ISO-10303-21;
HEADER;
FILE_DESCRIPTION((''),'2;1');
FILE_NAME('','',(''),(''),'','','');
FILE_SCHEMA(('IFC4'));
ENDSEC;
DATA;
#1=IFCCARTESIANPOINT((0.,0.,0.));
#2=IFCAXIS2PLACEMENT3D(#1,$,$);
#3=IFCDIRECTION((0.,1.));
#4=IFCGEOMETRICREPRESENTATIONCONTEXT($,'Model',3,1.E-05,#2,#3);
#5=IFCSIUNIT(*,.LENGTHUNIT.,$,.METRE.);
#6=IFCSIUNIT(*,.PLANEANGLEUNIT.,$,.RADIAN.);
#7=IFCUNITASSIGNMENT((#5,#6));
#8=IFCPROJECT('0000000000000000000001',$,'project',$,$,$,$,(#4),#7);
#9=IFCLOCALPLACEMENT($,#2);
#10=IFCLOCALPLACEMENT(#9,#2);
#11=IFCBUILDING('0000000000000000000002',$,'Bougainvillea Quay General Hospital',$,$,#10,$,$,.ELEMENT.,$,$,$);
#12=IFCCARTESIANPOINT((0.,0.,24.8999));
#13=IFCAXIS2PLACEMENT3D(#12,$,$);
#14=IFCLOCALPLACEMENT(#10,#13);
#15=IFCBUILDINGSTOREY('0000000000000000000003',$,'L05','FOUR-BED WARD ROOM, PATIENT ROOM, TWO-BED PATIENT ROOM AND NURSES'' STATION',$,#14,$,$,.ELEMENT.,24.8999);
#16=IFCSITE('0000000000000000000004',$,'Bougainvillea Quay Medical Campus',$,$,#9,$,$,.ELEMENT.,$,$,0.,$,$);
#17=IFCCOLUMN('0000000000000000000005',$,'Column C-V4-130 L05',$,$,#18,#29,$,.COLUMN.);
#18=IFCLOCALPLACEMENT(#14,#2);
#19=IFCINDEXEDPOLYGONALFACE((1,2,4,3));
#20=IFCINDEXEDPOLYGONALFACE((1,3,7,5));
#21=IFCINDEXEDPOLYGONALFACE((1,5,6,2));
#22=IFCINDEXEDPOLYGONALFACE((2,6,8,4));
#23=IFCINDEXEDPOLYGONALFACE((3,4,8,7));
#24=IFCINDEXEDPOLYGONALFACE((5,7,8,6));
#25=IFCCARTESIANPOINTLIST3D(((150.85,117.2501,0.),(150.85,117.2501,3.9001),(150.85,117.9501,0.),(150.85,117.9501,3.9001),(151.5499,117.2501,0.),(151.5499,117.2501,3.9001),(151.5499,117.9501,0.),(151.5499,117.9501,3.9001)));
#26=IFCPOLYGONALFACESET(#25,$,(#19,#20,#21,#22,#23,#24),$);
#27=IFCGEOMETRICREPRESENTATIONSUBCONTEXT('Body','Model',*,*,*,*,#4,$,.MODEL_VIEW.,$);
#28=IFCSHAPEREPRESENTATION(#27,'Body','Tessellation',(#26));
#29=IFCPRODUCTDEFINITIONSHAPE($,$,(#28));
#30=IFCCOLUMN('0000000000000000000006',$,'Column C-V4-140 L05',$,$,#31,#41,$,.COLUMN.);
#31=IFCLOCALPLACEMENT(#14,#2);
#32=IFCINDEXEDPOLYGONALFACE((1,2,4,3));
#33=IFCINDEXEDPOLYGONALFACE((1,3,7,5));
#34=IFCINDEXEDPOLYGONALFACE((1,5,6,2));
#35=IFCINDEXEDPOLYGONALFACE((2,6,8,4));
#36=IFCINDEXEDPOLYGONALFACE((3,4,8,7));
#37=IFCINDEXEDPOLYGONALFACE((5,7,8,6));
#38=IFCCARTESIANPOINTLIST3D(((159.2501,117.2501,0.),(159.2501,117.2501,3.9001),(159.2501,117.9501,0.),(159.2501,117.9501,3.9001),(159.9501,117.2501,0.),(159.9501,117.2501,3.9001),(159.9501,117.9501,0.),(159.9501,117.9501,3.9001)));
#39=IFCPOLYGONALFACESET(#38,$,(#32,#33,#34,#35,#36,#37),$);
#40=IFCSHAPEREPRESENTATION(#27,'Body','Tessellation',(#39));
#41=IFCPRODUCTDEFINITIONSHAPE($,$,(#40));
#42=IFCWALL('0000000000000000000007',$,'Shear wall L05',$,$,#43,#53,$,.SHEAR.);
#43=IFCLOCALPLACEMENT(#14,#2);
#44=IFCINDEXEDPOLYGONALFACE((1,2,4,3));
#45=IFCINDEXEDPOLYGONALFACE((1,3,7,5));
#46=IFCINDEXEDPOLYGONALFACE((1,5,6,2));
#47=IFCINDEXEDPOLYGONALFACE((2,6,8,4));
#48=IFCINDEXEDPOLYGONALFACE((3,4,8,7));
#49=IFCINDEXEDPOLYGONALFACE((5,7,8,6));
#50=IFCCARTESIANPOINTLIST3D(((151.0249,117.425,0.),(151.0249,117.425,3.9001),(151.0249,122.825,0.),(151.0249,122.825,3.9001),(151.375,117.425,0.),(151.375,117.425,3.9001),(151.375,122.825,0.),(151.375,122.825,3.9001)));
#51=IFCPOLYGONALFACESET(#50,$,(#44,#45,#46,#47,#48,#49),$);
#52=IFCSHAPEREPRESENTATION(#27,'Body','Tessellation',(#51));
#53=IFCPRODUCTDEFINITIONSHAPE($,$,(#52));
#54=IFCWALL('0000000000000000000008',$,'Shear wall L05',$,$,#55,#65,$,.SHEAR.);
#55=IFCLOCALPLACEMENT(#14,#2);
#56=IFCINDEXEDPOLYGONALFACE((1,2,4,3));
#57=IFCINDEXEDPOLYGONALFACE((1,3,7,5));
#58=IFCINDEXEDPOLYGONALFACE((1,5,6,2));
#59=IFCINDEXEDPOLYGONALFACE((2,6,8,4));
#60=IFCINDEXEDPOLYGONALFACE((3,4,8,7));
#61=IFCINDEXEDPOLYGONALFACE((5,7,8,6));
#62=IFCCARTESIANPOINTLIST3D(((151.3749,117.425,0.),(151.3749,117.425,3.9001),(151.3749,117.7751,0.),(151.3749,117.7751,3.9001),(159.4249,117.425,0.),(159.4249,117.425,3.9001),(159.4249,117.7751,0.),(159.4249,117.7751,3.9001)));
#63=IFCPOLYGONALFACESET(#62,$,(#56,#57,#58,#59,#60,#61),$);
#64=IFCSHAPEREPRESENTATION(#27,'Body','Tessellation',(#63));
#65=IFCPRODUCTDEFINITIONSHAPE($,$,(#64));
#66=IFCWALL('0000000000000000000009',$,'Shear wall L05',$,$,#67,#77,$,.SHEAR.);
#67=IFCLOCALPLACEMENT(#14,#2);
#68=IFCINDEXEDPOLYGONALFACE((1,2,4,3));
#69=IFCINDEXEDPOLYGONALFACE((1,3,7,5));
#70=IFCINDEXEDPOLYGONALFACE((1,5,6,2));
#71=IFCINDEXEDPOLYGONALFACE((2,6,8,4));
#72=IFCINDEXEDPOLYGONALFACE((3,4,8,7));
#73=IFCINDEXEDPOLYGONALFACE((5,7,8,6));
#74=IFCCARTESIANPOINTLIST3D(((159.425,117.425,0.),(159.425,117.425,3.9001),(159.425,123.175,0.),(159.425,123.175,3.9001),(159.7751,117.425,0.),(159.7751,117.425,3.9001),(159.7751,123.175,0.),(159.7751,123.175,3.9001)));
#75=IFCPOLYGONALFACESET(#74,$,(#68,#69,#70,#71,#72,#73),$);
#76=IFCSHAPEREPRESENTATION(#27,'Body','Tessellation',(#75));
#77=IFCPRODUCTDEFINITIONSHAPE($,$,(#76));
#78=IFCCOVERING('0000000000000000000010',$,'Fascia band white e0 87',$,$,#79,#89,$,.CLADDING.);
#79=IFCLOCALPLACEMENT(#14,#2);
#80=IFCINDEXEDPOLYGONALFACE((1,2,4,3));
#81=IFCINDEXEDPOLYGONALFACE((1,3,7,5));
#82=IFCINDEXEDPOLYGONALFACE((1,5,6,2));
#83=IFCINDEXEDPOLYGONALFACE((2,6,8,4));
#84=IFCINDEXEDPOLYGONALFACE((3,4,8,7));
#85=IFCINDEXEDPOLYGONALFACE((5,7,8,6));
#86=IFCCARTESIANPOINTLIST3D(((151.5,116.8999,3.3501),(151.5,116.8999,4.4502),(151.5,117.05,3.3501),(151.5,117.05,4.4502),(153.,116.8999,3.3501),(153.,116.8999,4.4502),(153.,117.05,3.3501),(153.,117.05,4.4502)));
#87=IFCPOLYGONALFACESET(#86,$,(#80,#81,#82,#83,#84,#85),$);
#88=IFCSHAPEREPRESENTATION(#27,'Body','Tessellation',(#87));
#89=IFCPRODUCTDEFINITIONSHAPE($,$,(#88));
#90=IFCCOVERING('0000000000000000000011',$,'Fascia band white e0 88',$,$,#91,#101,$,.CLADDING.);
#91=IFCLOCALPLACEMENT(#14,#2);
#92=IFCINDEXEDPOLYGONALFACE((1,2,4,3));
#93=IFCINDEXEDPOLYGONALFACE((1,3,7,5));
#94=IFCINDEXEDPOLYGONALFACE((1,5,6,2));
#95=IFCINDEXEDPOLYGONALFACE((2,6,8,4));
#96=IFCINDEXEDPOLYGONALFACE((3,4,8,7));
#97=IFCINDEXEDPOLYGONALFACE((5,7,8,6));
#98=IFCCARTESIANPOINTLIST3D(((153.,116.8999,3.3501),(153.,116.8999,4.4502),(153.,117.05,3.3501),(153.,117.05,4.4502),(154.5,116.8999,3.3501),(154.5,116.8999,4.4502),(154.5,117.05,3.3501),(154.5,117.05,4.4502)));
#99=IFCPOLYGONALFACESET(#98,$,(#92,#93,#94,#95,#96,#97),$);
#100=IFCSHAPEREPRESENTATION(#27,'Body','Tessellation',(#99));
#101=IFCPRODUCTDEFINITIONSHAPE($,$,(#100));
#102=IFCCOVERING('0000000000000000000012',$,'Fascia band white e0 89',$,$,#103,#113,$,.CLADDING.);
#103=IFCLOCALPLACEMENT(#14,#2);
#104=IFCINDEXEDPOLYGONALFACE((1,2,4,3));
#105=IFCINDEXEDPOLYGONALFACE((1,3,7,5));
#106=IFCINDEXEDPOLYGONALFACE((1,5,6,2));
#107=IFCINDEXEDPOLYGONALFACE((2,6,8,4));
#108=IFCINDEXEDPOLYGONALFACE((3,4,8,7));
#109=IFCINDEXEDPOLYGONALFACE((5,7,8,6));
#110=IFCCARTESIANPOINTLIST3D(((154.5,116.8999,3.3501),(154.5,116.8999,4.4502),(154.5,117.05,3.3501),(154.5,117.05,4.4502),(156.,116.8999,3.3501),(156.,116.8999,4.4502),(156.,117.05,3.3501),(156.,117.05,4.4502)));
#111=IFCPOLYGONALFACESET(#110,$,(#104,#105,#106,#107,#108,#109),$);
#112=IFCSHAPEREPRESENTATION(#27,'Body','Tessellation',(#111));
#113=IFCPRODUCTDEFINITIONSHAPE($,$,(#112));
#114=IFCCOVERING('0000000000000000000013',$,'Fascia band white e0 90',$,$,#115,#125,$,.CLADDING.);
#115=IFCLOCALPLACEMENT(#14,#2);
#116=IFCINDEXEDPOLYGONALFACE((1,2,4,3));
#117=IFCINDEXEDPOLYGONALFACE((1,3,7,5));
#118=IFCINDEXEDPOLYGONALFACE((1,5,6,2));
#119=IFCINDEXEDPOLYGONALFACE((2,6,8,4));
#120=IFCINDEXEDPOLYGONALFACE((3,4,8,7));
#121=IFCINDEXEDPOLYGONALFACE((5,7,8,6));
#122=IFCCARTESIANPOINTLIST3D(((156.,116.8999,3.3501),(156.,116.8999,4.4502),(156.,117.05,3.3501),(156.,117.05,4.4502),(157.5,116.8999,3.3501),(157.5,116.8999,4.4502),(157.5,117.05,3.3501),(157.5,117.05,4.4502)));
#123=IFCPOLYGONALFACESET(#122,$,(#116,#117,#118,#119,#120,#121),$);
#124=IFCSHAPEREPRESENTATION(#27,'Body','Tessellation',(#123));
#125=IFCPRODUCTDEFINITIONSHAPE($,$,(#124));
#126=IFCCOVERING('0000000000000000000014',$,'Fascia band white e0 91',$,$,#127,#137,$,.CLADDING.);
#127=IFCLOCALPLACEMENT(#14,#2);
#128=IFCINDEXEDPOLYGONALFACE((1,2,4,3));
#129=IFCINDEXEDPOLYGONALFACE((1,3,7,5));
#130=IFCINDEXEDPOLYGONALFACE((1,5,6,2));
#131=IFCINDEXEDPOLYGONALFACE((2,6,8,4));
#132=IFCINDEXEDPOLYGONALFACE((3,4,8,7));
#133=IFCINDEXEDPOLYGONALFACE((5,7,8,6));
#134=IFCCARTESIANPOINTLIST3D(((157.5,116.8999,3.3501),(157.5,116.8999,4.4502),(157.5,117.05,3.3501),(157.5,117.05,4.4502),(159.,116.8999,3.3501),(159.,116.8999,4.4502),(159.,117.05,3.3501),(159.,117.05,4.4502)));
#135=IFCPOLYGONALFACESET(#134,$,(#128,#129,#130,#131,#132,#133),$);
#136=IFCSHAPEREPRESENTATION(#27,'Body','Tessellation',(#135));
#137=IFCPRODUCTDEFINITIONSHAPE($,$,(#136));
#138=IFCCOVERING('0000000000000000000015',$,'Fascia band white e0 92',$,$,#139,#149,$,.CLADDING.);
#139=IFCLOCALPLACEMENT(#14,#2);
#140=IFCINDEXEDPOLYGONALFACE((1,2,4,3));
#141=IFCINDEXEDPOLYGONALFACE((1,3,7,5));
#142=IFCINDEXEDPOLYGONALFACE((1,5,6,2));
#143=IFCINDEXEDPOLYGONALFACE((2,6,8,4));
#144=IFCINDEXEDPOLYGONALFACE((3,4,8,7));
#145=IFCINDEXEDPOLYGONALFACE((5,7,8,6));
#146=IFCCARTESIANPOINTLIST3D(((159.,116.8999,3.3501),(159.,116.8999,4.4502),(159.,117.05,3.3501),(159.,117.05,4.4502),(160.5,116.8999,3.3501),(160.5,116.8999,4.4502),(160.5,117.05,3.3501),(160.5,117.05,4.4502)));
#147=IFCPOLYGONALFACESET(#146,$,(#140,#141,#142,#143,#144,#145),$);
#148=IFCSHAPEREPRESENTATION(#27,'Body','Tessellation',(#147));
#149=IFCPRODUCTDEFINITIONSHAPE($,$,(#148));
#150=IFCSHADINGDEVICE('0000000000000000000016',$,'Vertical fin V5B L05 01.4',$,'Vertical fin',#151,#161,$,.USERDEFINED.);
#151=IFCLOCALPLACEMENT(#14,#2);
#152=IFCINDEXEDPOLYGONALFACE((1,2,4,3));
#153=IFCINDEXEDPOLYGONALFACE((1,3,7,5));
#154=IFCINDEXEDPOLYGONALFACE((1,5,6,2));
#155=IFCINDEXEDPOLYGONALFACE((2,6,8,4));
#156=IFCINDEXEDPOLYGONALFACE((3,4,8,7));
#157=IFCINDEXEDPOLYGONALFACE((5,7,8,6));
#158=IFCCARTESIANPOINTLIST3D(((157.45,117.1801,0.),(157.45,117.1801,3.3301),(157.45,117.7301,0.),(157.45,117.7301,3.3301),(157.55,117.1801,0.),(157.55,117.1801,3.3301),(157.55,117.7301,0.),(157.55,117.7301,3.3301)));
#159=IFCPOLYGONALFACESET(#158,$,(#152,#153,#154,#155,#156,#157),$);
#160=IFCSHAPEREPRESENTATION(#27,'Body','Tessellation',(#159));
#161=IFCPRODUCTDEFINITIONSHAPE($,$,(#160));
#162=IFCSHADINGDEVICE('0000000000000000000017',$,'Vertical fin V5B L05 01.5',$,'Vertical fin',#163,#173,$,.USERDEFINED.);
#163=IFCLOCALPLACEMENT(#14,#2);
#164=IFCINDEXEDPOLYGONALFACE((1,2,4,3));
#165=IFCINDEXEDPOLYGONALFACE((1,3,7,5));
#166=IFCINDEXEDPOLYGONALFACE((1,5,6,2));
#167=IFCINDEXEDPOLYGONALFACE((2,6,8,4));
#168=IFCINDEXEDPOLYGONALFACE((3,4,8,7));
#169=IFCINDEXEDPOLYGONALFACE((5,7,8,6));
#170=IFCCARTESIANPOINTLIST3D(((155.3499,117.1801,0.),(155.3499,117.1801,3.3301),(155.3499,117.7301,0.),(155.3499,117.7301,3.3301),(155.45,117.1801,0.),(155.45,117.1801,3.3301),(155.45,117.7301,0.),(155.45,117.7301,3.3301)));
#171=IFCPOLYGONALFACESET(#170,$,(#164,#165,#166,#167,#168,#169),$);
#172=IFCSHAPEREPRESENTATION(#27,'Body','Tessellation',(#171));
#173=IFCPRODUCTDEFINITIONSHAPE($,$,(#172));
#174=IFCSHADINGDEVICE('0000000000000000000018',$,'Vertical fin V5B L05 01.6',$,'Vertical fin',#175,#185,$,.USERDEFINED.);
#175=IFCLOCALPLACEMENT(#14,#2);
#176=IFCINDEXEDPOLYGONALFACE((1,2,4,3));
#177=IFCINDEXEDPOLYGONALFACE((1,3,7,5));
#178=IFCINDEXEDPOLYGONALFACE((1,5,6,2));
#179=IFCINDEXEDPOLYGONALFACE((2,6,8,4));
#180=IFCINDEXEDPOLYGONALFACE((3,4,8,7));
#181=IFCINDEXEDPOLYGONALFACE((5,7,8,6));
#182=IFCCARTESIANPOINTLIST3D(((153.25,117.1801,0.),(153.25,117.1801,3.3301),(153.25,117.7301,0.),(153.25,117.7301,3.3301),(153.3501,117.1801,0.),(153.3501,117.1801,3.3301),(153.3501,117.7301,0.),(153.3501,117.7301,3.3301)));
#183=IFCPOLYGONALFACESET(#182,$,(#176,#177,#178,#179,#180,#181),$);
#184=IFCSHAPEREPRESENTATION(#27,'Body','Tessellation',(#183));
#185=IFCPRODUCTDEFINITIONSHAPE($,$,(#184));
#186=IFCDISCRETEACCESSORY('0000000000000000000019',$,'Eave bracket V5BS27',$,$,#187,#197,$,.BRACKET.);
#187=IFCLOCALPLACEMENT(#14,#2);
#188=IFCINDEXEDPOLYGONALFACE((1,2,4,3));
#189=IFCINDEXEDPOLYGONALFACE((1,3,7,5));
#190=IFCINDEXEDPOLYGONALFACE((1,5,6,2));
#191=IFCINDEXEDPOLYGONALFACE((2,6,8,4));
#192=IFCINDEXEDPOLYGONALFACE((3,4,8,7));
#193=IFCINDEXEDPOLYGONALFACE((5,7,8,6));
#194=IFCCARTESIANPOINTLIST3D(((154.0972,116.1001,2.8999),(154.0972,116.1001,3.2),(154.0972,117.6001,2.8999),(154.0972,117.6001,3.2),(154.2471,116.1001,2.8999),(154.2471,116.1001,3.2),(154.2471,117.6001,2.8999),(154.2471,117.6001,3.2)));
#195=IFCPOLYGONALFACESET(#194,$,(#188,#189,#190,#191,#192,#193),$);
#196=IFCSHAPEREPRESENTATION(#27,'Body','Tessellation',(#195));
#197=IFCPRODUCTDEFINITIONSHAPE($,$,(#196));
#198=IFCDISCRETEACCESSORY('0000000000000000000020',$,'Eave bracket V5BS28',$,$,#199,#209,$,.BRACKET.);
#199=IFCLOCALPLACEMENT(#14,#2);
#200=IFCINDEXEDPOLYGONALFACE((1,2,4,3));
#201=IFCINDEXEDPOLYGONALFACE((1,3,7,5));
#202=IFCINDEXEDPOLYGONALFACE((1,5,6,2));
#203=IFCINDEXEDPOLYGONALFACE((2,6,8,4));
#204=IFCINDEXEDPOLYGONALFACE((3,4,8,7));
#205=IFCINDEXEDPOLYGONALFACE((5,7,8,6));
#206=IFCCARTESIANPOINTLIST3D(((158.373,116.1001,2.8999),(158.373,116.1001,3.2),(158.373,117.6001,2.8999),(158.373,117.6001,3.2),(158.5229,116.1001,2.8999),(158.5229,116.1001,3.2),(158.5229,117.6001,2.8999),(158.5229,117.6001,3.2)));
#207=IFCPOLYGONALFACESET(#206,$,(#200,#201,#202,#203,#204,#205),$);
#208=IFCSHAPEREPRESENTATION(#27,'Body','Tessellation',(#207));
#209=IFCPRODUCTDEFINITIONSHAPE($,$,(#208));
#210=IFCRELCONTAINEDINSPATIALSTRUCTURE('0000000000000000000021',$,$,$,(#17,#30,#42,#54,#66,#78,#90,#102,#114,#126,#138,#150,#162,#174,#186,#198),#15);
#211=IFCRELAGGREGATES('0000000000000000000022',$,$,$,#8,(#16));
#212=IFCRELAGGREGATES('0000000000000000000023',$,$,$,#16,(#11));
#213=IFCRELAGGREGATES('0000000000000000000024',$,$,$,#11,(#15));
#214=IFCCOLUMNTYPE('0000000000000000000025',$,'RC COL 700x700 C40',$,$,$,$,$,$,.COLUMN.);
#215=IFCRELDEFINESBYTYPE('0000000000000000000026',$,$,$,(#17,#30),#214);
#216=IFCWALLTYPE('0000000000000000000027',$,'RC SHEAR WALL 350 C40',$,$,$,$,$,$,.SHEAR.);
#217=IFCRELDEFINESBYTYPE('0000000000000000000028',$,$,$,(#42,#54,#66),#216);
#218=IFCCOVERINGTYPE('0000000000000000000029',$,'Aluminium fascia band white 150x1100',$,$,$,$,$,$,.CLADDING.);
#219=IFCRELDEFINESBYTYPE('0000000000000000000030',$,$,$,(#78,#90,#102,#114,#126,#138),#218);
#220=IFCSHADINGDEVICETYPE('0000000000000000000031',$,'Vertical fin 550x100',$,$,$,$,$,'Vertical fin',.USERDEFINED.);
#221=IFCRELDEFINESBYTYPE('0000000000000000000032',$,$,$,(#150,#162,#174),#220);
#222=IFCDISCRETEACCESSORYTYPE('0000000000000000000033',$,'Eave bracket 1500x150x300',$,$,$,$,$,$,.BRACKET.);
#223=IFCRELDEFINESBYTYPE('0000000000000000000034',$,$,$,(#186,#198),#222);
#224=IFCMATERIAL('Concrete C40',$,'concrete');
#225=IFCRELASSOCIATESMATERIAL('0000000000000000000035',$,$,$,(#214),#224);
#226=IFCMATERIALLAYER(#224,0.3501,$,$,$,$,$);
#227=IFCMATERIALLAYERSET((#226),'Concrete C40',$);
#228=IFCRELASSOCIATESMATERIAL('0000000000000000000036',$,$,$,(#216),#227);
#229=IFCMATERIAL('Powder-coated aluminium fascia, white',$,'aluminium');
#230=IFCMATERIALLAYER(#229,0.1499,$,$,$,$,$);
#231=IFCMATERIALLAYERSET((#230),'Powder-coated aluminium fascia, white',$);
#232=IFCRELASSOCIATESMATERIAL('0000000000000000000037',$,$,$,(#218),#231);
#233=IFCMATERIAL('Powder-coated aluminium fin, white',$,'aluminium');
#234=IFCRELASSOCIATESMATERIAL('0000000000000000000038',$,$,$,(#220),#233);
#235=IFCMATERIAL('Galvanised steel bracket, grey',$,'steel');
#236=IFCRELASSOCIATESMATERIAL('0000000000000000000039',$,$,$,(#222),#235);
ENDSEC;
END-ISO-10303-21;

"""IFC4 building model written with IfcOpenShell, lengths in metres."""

from ifc_helpers import new_model, si_unit, direction, frame, frame_2d, origin, origin_2d, place, context, subcontext, project, spatial, polyline, rectangle, outline, extrude, material, layer, layer_set, material_profile, profile_set, type_object, element, save


model = new_model("IFC4")

# Units and contexts
model_context = context("Model", 3, precision=1e-05, world=origin(), true_north=direction((0.0, 1.0)))
body_context = subcontext(model_context, "Body", "Model", "MODEL_VIEW")
ifc_project = project(units=[si_unit("LENGTHUNIT", "METRE"), si_unit("PLANEANGLEUNIT", "RADIAN")], contexts=[model_context])

# Site, building, storey
site_placement = place(None, origin())
site = spatial("IfcSite", under=ifc_project, at=site_placement, Name="Bougainvillea Quay Medical Campus", CompositionType="ELEMENT", RefElevation=0.0)
building_placement = place(site_placement, origin())
building = spatial("IfcBuilding", under=site, at=building_placement, Name="Bougainvillea Quay General Hospital", CompositionType="ELEMENT")
storey_placement = place(building_placement, frame((0.0, 0.0, 24.8999)))
storey = spatial("IfcBuildingStorey", under=building, at=storey_placement, Name="L05", Description="FOUR-BED WARD ROOM, PATIENT ROOM, TWO-BED PATIENT ROOM AND NURSES' STATION", CompositionType="ELEMENT", Elevation=24.8999)

# Columns
ifc_material_1 = material(Name="Concrete C40", Category="concrete")
ifc_material_profile_1 = material_profile(ifc_material_1, rectangle(XDim=0.7, YDim=0.7, at=origin_2d()))
ifc_profile_set_1 = profile_set([ifc_material_profile_1], Name="Concrete C40")
column_type = type_object("IfcColumnType", Name="RC COL 700x700 C40", PredefinedType="COLUMN", material=ifc_profile_set_1)
for number, where, z_axis, x_axis, name in (
    (1, (151.2, 117.6001, 0.0), (0.0, 0.0, 1.0), (1.0, 0.0, 0.0), "Column C-V4-130 L05"),
    (2, (159.6001, 117.6001, 0.0), (0.0, 0.0, 1.0), (1.0, 0.0, 0.0), "Column C-V4-140 L05"),
):
    element("IfcColumn", number, at=place(storey_placement, frame(where, z_axis=z_axis, x_axis=x_axis)), inside=storey, type_object=column_type, Name=name, PredefinedType="COLUMN", context=body_context, shape_type="SweptSolid", body=[
        extrude(rectangle(XDim=0.7, YDim=0.7, at=origin_2d()), origin(), (0.0, 0.0, 1.0), 3.9001),
    ])

# Walls
ifc_layer_1 = layer(ifc_material_1, 0.3501)
ifc_layer_set_1 = layer_set([ifc_layer_1], Name="Concrete C40")
wall_type = type_object("IfcWallType", Name="RC SHEAR WALL 350 C40", PredefinedType="SHEAR", material=ifc_layer_set_1)
wall_1_placement = place(storey_placement, frame((151.2, 117.425, 0.0), z_axis=(0.0, 0.0, 1.0), x_axis=(0.0, 1.0, 0.0)))
element("IfcWall", 3, at=wall_1_placement, inside=storey, type_object=wall_type, Name="Shear wall L05", PredefinedType="SHEAR", context=body_context, shape_type="SweptSolid", body=[
    extrude(rectangle(XDim=5.3999, YDim=0.3501, at=frame_2d((2.7, 0.0))), origin(), (0.0, 0.0, 1.0), 3.9001),
])
wall_2_placement = place(storey_placement, frame((151.375, 117.6001, 0.0), z_axis=(0.0, 0.0, 1.0), x_axis=(1.0, 0.0, 0.0)))
element("IfcWall", 4, at=wall_2_placement, inside=storey, type_object=wall_type, Name="Shear wall L05", PredefinedType="SHEAR", context=body_context, shape_type="SweptSolid", body=[
    extrude(rectangle(XDim=8.05, YDim=0.3501, at=frame_2d((4.0249, 0.0))), origin(), (0.0, 0.0, 1.0), 3.9001),
])
wall_3_placement = place(storey_placement, frame((159.6001, 117.425, 0.0), z_axis=(0.0, 0.0, 1.0), x_axis=(0.0, 1.0, 0.0)))
element("IfcWall", 5, at=wall_3_placement, inside=storey, type_object=wall_type, Name="Shear wall L05", PredefinedType="SHEAR", context=body_context, shape_type="SweptSolid", body=[
    extrude(rectangle(XDim=5.75, YDim=0.3501, at=frame_2d((2.875, 0.0))), origin(), (0.0, 0.0, 1.0), 3.9001),
])

# Coverings
ifc_material_2 = material(Name="Powder-coated aluminium fascia, white", Category="aluminium")
ifc_layer_2 = layer(ifc_material_2, 0.1499)
ifc_layer_set_2 = layer_set([ifc_layer_2], Name="Powder-coated aluminium fascia, white")
covering_type = type_object("IfcCoveringType", Name="Aluminium fascia band white 150x1100", PredefinedType="CLADDING", material=ifc_layer_set_2)
for number, where, z_axis, x_axis, name in (
    (6, (151.5, 117.05, 3.3501), (0.0, 0.0, 1.0), (1.0, 0.0, 0.0), "Fascia band white e0 87"),
    (7, (153.0, 117.05, 3.3501), (0.0, 0.0, 1.0), (1.0, 0.0, 0.0), "Fascia band white e0 88"),
    (8, (154.5, 117.05, 3.3501), (0.0, 0.0, 1.0), (1.0, 0.0, 0.0), "Fascia band white e0 89"),
    (9, (156.0, 117.05, 3.3501), (0.0, 0.0, 1.0), (1.0, 0.0, 0.0), "Fascia band white e0 90"),
    (10, (157.5, 117.05, 3.3501), (0.0, 0.0, 1.0), (1.0, 0.0, 0.0), "Fascia band white e0 91"),
    (11, (159.0, 117.05, 3.3501), (0.0, 0.0, 1.0), (1.0, 0.0, 0.0), "Fascia band white e0 92"),
):
    element("IfcCovering", number, at=place(storey_placement, frame(where, z_axis=z_axis, x_axis=x_axis)), inside=storey, type_object=covering_type, Name=name, PredefinedType="CLADDING", context=body_context, shape_type="SweptSolid", body=[
        extrude(outline(polyline([(0.0, 0.0), (1.5, 0.0), (1.5, -0.1501), (0.0, -0.1501), (0.0, 0.0)])), origin(), (0.0, 0.0, 1.0), 1.1001),
    ])

# Shading devices
ifc_material_3 = material(Name="Powder-coated aluminium fin, white", Category="aluminium")
ifc_material_profile_2 = material_profile(ifc_material_3, rectangle(XDim=0.55, YDim=0.1001, at=origin_2d()))
ifc_profile_set_2 = profile_set([ifc_material_profile_2], Name="Powder-coated aluminium fin, white")
shading_device_type = type_object("IfcShadingDeviceType", Name="Vertical fin 550x100", ElementType="Vertical fin", PredefinedType="USERDEFINED", material=ifc_profile_set_2)
for number, where, z_axis, x_axis, name in (
    (12, (157.5, 117.4551, 0.0), (0.0, 0.0, 1.0), (0.0, -1.0, 0.0), "Vertical fin V5B L05 01.4"),
    (13, (155.3999, 117.4551, 0.0), (0.0, 0.0, 1.0), (0.0, -1.0, 0.0), "Vertical fin V5B L05 01.5"),
    (14, (153.3, 117.4551, 0.0), (0.0, 0.0, 1.0), (0.0, -1.0, 0.0), "Vertical fin V5B L05 01.6"),
):
    element("IfcShadingDevice", number, at=place(storey_placement, frame(where, z_axis=z_axis, x_axis=x_axis)), inside=storey, type_object=shading_device_type, Name=name, ObjectType="Vertical fin", PredefinedType="USERDEFINED", context=body_context, shape_type="SweptSolid", body=[
        extrude(rectangle(XDim=0.55, YDim=0.1001, at=origin_2d()), origin(), (0.0, 0.0, 1.0), 3.3301),
    ])

# Discrete accessories
ifc_material_4 = material(Name="Galvanised steel bracket, grey", Category="steel")
discrete_accessory_type_1 = type_object("IfcDiscreteAccessoryType", Name="Eave bracket 1500x150x300", PredefinedType="BRACKET", material=ifc_material_4)
for number, where, z_axis, x_axis, name in (
    (15, (154.1721, 116.8501, 2.8999), (0.0, 0.0, 1.0), (1.0, 0.0, 0.0), "Eave bracket V5BS27"),
    (16, (158.448, 116.8501, 2.8999), (0.0, 0.0, 1.0), (1.0, 0.0, 0.0), "Eave bracket V5BS28"),
):
    element("IfcDiscreteAccessory", number, at=place(storey_placement, frame(where, z_axis=z_axis, x_axis=x_axis)), inside=storey, type_object=discrete_accessory_type_1, Name=name, PredefinedType="BRACKET", context=body_context, shape_type="SweptSolid", body=[
        extrude(rectangle(XDim=0.1499, YDim=1.5, at=origin_2d()), origin(), (0.0, 0.0, 1.0), 0.3),
    ])

save(model, "model.ifc")
